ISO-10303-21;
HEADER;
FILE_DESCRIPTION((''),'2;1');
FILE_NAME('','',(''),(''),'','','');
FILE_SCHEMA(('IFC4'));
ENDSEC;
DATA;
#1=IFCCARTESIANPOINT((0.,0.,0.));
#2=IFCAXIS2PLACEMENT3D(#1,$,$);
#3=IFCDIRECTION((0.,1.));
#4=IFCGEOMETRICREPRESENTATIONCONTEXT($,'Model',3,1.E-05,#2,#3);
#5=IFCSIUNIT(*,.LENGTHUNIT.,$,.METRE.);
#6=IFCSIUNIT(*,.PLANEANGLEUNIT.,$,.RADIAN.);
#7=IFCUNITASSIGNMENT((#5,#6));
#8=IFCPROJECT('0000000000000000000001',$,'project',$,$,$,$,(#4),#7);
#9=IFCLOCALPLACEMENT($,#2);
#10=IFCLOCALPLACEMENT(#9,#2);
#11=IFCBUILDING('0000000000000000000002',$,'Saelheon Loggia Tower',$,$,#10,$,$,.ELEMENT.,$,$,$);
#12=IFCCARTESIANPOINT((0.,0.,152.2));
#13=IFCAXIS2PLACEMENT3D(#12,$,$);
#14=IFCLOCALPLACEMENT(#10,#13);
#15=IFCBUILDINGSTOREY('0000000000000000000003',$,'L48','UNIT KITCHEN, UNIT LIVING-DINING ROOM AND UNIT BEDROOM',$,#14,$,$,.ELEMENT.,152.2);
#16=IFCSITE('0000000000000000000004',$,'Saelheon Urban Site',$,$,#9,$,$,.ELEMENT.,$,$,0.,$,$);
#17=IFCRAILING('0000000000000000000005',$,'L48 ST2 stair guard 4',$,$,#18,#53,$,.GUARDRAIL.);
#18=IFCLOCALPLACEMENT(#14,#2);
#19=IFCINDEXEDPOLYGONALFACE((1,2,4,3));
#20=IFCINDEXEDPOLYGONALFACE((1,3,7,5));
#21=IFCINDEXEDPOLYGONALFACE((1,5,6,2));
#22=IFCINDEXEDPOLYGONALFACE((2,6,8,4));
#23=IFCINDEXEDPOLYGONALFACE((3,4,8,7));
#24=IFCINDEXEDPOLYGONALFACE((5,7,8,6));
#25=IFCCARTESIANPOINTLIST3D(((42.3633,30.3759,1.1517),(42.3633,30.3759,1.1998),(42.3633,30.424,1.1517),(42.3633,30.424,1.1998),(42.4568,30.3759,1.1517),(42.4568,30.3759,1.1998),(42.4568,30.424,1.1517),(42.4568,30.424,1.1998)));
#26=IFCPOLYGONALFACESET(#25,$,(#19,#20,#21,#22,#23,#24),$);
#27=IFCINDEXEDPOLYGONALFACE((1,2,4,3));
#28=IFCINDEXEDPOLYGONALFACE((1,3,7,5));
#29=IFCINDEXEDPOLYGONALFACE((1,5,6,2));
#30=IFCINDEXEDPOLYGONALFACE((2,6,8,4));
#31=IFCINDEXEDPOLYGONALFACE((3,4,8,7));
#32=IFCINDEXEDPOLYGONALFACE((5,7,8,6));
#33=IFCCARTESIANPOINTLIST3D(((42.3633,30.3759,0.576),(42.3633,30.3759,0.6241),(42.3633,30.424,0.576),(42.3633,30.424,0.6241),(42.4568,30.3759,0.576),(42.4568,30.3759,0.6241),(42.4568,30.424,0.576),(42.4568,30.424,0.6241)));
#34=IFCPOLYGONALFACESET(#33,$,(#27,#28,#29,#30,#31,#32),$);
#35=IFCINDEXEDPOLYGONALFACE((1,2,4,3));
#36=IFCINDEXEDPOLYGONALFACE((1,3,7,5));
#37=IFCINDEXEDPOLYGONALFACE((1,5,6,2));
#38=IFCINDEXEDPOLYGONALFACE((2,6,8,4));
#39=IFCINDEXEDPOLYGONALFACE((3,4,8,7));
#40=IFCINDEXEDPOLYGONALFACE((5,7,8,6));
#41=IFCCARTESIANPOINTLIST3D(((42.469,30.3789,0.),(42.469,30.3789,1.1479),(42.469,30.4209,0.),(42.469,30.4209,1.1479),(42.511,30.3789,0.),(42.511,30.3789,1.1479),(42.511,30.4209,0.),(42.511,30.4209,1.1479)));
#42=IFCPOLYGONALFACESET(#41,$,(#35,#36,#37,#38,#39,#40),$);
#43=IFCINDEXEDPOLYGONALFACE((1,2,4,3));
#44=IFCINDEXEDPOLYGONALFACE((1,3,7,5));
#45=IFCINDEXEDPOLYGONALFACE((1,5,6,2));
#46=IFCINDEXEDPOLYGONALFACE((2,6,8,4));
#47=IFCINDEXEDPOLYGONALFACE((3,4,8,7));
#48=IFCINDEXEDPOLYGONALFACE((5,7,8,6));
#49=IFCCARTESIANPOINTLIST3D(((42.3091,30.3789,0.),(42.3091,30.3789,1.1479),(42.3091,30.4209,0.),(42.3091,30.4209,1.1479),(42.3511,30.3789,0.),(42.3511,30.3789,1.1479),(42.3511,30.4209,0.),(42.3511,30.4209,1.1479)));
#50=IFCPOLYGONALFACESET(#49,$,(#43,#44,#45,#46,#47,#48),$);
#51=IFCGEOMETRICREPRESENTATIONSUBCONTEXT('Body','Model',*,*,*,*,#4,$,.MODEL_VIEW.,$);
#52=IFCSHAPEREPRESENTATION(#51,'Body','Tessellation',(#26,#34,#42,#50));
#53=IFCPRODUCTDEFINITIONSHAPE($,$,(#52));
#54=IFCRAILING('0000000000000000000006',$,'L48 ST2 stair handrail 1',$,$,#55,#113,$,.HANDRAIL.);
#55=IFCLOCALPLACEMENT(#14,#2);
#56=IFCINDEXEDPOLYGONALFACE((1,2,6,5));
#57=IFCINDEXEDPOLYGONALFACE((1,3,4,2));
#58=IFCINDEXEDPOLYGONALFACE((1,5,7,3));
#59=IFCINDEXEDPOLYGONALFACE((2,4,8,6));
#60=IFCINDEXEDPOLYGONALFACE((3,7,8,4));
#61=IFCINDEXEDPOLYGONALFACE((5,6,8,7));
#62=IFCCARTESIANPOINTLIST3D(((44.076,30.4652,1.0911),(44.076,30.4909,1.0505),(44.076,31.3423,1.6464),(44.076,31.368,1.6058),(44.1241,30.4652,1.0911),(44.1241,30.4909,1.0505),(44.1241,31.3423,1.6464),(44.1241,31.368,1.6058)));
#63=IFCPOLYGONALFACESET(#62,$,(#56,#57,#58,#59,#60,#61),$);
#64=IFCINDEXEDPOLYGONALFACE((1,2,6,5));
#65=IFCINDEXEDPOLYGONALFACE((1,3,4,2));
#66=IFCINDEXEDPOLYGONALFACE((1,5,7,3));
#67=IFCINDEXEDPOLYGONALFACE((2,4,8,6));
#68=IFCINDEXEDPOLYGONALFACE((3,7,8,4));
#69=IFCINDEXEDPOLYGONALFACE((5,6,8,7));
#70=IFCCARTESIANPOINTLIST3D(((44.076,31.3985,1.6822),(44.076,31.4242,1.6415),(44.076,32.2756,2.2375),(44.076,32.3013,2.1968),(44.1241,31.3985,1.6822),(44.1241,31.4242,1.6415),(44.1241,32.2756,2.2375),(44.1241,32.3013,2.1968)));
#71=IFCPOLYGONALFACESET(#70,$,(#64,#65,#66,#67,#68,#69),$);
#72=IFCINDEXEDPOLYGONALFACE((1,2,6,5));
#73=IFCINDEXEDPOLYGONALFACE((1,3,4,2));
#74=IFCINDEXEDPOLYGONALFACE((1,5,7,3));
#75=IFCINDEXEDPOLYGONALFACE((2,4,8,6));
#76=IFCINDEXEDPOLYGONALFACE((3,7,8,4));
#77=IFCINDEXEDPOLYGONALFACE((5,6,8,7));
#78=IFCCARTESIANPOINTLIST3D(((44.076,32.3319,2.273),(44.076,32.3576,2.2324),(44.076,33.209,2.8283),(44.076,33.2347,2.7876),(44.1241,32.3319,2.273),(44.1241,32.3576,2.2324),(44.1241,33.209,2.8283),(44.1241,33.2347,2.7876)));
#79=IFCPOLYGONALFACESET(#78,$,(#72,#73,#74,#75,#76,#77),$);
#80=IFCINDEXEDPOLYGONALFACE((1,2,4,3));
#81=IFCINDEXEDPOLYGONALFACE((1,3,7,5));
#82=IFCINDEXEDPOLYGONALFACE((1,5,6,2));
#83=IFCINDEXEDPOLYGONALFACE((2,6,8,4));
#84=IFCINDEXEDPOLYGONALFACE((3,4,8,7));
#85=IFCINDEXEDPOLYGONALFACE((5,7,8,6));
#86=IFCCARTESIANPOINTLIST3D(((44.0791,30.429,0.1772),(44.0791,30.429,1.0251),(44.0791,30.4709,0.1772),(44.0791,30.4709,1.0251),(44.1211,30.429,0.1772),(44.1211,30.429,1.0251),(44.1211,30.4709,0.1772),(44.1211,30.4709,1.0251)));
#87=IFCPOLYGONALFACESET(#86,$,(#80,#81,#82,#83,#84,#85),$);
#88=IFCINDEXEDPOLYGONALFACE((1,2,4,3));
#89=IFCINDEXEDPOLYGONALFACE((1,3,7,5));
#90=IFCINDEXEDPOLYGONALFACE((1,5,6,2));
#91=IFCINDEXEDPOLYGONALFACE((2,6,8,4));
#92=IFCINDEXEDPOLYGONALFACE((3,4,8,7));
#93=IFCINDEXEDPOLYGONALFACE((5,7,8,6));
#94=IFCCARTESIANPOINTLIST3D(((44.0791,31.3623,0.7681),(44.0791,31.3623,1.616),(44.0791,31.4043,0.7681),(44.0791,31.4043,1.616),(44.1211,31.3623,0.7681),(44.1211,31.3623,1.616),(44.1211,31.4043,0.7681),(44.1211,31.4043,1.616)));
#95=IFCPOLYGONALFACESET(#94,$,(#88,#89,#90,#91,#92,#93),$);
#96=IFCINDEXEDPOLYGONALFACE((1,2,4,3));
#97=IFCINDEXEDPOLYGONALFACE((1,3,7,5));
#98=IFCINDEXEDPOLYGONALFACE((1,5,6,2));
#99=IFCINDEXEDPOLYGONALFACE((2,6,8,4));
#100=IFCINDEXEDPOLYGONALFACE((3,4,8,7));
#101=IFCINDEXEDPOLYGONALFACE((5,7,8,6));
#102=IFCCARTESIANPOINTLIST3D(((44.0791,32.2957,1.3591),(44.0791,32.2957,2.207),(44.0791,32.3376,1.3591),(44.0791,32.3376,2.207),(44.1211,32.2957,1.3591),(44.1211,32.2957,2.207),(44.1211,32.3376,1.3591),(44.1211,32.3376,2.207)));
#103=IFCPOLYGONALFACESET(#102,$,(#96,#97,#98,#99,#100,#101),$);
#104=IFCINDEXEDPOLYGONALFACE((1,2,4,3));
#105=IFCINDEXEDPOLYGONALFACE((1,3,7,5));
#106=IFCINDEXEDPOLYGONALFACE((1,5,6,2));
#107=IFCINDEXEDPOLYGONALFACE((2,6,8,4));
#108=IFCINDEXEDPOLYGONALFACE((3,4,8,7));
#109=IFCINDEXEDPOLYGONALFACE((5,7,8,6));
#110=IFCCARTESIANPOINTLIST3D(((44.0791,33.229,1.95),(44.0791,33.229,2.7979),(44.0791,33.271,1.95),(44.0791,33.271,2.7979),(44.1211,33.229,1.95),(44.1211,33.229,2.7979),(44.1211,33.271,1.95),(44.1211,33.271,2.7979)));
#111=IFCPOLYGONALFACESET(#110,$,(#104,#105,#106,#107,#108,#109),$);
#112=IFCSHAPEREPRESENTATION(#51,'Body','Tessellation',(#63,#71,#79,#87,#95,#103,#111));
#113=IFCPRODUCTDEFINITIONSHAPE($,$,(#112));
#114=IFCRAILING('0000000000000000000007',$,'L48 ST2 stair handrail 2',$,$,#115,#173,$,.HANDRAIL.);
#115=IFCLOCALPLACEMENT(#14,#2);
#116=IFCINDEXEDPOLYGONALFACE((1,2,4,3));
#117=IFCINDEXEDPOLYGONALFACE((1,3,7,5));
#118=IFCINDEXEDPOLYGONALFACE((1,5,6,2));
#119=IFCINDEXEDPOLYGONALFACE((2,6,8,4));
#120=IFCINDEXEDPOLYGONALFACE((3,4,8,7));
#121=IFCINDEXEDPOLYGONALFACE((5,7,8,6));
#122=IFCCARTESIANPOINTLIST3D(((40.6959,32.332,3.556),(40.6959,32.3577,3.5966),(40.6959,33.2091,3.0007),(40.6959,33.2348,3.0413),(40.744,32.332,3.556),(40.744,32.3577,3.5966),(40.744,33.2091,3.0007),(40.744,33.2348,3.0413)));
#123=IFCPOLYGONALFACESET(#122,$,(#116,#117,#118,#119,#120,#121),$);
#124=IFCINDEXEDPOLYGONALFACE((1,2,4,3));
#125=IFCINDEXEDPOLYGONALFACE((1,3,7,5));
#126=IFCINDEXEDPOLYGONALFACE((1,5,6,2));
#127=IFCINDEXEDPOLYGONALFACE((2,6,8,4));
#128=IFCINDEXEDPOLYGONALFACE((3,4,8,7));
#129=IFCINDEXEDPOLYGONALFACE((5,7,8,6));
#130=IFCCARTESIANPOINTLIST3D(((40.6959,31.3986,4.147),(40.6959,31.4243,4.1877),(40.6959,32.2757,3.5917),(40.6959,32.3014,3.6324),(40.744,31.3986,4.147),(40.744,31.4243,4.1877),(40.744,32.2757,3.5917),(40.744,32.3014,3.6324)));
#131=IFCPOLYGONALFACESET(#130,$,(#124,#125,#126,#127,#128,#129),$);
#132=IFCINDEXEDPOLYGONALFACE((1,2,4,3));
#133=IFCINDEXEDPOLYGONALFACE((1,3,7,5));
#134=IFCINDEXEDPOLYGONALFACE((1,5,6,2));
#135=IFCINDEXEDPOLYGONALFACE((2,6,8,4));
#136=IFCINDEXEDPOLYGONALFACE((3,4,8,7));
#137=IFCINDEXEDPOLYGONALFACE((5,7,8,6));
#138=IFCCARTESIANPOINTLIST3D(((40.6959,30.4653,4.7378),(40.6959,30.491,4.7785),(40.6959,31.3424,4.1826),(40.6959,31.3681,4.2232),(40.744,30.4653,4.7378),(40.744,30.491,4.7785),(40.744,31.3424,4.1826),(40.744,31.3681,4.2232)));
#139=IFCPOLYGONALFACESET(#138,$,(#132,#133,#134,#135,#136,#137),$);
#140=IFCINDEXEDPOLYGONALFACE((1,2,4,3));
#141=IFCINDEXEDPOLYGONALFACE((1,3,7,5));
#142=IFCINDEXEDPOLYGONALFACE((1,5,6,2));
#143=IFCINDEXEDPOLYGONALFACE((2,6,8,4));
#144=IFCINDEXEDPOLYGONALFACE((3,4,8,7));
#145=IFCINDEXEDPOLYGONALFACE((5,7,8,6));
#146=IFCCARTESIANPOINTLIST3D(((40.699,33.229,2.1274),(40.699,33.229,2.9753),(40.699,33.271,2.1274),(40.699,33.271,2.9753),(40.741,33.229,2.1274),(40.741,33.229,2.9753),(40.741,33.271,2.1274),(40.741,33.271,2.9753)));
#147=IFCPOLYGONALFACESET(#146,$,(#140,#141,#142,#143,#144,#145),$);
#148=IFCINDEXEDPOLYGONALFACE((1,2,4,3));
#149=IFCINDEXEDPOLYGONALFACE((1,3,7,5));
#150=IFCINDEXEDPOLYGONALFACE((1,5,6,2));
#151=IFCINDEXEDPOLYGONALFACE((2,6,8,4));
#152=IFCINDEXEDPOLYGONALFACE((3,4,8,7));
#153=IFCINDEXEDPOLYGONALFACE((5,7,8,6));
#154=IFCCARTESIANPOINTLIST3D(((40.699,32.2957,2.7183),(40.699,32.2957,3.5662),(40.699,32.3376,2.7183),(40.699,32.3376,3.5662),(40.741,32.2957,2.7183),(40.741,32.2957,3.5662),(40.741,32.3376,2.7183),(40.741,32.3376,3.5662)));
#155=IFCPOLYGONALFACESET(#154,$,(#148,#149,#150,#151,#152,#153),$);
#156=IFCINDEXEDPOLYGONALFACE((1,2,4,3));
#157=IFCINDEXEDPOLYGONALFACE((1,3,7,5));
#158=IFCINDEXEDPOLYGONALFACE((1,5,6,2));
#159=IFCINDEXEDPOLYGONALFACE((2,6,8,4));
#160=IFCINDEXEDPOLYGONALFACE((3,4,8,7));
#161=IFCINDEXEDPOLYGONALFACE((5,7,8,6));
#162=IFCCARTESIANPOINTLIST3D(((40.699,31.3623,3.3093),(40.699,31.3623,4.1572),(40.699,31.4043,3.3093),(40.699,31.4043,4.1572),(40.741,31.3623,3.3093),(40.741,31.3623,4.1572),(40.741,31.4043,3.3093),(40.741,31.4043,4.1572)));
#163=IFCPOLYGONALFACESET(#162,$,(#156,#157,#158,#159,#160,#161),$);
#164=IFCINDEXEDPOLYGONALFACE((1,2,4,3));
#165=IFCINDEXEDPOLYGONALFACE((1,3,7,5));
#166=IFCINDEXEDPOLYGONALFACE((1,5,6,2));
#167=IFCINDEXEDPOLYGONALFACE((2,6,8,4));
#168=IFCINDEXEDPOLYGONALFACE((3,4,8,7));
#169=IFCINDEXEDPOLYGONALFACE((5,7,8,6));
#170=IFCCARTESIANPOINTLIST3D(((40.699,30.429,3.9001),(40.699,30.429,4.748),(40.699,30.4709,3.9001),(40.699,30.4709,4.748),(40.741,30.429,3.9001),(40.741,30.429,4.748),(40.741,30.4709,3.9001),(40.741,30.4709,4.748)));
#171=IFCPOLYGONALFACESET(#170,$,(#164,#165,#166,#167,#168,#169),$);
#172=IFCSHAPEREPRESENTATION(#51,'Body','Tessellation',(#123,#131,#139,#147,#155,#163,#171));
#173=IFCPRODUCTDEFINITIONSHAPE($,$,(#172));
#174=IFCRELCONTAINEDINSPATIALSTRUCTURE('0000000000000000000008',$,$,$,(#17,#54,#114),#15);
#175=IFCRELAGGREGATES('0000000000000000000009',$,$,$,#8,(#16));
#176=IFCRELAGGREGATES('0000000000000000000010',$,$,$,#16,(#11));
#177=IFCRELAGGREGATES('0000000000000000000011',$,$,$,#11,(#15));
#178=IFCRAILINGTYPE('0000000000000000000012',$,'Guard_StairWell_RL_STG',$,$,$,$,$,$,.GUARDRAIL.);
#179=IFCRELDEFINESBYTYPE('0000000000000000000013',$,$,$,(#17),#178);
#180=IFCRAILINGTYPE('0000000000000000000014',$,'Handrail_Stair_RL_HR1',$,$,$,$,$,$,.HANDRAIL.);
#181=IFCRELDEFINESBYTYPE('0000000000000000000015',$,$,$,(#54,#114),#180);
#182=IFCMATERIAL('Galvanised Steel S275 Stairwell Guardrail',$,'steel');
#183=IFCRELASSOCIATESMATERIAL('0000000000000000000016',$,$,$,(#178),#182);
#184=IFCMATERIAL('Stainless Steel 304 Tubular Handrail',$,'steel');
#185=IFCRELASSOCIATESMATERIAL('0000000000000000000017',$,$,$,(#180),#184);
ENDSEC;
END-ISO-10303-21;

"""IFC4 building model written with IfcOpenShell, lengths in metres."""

from ifc_helpers import new_model, si_unit, direction, frame, origin, origin_2d, place, context, subcontext, project, spatial, rectangle, extrude, material, type_object, element, save


model = new_model("IFC4")

# Units and contexts
model_context = context("Model", 3, precision=1e-05, world=origin(), true_north=direction((0.0, 1.0)))
body_context = subcontext(model_context, "Body", "Model", "MODEL_VIEW")
ifc_project = project(units=[si_unit("LENGTHUNIT", "METRE"), si_unit("PLANEANGLEUNIT", "RADIAN")], contexts=[model_context])

# Site, building, storey
site_placement = place(None, origin())
site = spatial("IfcSite", under=ifc_project, at=site_placement, Name="Saelheon Urban Site", CompositionType="ELEMENT", RefElevation=0.0)
building_placement = place(site_placement, origin())
building = spatial("IfcBuilding", under=site, at=building_placement, Name="Saelheon Loggia Tower", CompositionType="ELEMENT")
storey_placement = place(building_placement, frame((0.0, 0.0, 152.2)))
storey = spatial("IfcBuildingStorey", under=building, at=storey_placement, Name="L48", Description="UNIT KITCHEN, UNIT LIVING-DINING ROOM AND UNIT BEDROOM", CompositionType="ELEMENT", Elevation=152.2)

# Railings
ifc_material_1 = material(Name="Galvanised Steel S275 Stairwell Guardrail", Category="steel")
railing_type_1 = type_object("IfcRailingType", Name="Guard_StairWell_RL_STG", PredefinedType="GUARDRAIL", material=ifc_material_1)
railing_1_placement = place(storey_placement, frame((42.49, 30.3999, 0.0)))
element("IfcRailing", 1, at=railing_1_placement, inside=storey, type_object=railing_type_1, Name="L48 ST2 stair guard 4", PredefinedType="GUARDRAIL", context=body_context, shape_type="SweptSolid", body=[
    extrude(rectangle(XDim=0.0481, YDim=0.0481, at=origin_2d()), frame((-0.0332, 0.0, 1.1758), z_axis=(-1.0, 0.0, 0.0), x_axis=(0.0, -1.0, 0.0)), (0.0, 0.0, 1.0), 0.0935),
    extrude(rectangle(XDim=0.0481, YDim=0.0481, at=origin_2d()), frame((-0.0332, 0.0, 0.6001), z_axis=(-1.0, 0.0, 0.0), x_axis=(0.0, -1.0, 0.0)), (0.0, 0.0, 1.0), 0.0935),
    extrude(rectangle(XDim=0.042, YDim=0.042, at=origin_2d()), origin(), (0.0, 0.0, 1.0), 1.1479),
    extrude(rectangle(XDim=0.042, YDim=0.042, at=origin_2d()), frame((-0.1599, 0.0, 0.0)), (0.0, 0.0, 1.0), 1.1479),
])
ifc_material_2 = material(Name="Stainless Steel 304 Tubular Handrail", Category="steel")
railing_type_2 = type_object("IfcRailingType", Name="Handrail_Stair_RL_HR1", PredefinedType="HANDRAIL", material=ifc_material_2)
railing_2_placement = place(storey_placement, frame((44.1001, 30.45, 0.1772)))
element("IfcRailing", 2, at=railing_2_placement, inside=storey, type_object=railing_type_2, Name="L48 ST2 stair handrail 1", PredefinedType="HANDRAIL", context=body_context, shape_type="SweptSolid", body=[
    extrude(rectangle(XDim=0.0481, YDim=0.0481, at=origin_2d()), frame((0.0, 0.0281, 0.8936), z_axis=(0.0, 0.844909, 0.53491), x_axis=(-1.0, 0.0, 0.0)), (0.0, 0.0, 1.0), 1.0381),
    extrude(rectangle(XDim=0.0481, YDim=0.0481, at=origin_2d()), frame((0.0, 0.9614, 1.4846), z_axis=(0.0, 0.844909, 0.53491), x_axis=(-1.0, 0.0, 0.0)), (0.0, 0.0, 1.0), 1.0381),
    extrude(rectangle(XDim=0.0481, YDim=0.0481, at=origin_2d()), frame((0.0, 1.8948, 2.0754), z_axis=(0.0, 0.844909, 0.53491), x_axis=(-1.0, 0.0, 0.0)), (0.0, 0.0, 1.0), 1.0381),
    extrude(rectangle(XDim=0.042, YDim=0.042, at=origin_2d()), origin(), (0.0, 0.0, 1.0), 0.8479),
    extrude(rectangle(XDim=0.042, YDim=0.042, at=origin_2d()), frame((0.0, 0.9333, 0.5908)), (0.0, 0.0, 1.0), 0.8479),
    extrude(rectangle(XDim=0.042, YDim=0.042, at=origin_2d()), frame((0.0, 1.8667, 1.1819)), (0.0, 0.0, 1.0), 0.8479),
    extrude(rectangle(XDim=0.042, YDim=0.042, at=origin_2d()), frame((0.0, 2.8, 1.7727)), (0.0, 0.0, 1.0), 0.8479),
])
railing_3_placement = place(storey_placement, frame((40.72, 33.25, 2.1274)))
element("IfcRailing", 3, at=railing_3_placement, inside=storey, type_object=railing_type_2, Name="L48 ST2 stair handrail 2", PredefinedType="HANDRAIL", context=body_context, shape_type="SweptSolid", body=[
    extrude(rectangle(XDim=0.0481, YDim=0.0481, at=origin_2d()), frame((0.0, -0.0281, 0.8936), z_axis=(0.0, -0.844909, 0.53491), x_axis=(1.0, 0.0, 0.0)), (0.0, 0.0, 1.0), 1.0381),
    extrude(rectangle(XDim=0.0481, YDim=0.0481, at=origin_2d()), frame((0.0, -0.9614, 1.4846), z_axis=(0.0, -0.844909, 0.53491), x_axis=(1.0, 0.0, 0.0)), (0.0, 0.0, 1.0), 1.0381),
    extrude(rectangle(XDim=0.0481, YDim=0.0481, at=origin_2d()), frame((0.0, -1.8948, 2.0754), z_axis=(0.0, -0.844909, 0.53491), x_axis=(1.0, 0.0, 0.0)), (0.0, 0.0, 1.0), 1.0381),
    extrude(rectangle(XDim=0.042, YDim=0.042, at=origin_2d()), origin(), (0.0, 0.0, 1.0), 0.8479),
    extrude(rectangle(XDim=0.042, YDim=0.042, at=origin_2d()), frame((0.0, -0.9333, 0.5908)), (0.0, 0.0, 1.0), 0.8479),
    extrude(rectangle(XDim=0.042, YDim=0.042, at=origin_2d()), frame((0.0, -1.8667, 1.1819)), (0.0, 0.0, 1.0), 0.8479),
    extrude(rectangle(XDim=0.042, YDim=0.042, at=origin_2d()), frame((0.0, -2.8, 1.7727)), (0.0, 0.0, 1.0), 0.8479),
])

save(model, "model.ifc")
